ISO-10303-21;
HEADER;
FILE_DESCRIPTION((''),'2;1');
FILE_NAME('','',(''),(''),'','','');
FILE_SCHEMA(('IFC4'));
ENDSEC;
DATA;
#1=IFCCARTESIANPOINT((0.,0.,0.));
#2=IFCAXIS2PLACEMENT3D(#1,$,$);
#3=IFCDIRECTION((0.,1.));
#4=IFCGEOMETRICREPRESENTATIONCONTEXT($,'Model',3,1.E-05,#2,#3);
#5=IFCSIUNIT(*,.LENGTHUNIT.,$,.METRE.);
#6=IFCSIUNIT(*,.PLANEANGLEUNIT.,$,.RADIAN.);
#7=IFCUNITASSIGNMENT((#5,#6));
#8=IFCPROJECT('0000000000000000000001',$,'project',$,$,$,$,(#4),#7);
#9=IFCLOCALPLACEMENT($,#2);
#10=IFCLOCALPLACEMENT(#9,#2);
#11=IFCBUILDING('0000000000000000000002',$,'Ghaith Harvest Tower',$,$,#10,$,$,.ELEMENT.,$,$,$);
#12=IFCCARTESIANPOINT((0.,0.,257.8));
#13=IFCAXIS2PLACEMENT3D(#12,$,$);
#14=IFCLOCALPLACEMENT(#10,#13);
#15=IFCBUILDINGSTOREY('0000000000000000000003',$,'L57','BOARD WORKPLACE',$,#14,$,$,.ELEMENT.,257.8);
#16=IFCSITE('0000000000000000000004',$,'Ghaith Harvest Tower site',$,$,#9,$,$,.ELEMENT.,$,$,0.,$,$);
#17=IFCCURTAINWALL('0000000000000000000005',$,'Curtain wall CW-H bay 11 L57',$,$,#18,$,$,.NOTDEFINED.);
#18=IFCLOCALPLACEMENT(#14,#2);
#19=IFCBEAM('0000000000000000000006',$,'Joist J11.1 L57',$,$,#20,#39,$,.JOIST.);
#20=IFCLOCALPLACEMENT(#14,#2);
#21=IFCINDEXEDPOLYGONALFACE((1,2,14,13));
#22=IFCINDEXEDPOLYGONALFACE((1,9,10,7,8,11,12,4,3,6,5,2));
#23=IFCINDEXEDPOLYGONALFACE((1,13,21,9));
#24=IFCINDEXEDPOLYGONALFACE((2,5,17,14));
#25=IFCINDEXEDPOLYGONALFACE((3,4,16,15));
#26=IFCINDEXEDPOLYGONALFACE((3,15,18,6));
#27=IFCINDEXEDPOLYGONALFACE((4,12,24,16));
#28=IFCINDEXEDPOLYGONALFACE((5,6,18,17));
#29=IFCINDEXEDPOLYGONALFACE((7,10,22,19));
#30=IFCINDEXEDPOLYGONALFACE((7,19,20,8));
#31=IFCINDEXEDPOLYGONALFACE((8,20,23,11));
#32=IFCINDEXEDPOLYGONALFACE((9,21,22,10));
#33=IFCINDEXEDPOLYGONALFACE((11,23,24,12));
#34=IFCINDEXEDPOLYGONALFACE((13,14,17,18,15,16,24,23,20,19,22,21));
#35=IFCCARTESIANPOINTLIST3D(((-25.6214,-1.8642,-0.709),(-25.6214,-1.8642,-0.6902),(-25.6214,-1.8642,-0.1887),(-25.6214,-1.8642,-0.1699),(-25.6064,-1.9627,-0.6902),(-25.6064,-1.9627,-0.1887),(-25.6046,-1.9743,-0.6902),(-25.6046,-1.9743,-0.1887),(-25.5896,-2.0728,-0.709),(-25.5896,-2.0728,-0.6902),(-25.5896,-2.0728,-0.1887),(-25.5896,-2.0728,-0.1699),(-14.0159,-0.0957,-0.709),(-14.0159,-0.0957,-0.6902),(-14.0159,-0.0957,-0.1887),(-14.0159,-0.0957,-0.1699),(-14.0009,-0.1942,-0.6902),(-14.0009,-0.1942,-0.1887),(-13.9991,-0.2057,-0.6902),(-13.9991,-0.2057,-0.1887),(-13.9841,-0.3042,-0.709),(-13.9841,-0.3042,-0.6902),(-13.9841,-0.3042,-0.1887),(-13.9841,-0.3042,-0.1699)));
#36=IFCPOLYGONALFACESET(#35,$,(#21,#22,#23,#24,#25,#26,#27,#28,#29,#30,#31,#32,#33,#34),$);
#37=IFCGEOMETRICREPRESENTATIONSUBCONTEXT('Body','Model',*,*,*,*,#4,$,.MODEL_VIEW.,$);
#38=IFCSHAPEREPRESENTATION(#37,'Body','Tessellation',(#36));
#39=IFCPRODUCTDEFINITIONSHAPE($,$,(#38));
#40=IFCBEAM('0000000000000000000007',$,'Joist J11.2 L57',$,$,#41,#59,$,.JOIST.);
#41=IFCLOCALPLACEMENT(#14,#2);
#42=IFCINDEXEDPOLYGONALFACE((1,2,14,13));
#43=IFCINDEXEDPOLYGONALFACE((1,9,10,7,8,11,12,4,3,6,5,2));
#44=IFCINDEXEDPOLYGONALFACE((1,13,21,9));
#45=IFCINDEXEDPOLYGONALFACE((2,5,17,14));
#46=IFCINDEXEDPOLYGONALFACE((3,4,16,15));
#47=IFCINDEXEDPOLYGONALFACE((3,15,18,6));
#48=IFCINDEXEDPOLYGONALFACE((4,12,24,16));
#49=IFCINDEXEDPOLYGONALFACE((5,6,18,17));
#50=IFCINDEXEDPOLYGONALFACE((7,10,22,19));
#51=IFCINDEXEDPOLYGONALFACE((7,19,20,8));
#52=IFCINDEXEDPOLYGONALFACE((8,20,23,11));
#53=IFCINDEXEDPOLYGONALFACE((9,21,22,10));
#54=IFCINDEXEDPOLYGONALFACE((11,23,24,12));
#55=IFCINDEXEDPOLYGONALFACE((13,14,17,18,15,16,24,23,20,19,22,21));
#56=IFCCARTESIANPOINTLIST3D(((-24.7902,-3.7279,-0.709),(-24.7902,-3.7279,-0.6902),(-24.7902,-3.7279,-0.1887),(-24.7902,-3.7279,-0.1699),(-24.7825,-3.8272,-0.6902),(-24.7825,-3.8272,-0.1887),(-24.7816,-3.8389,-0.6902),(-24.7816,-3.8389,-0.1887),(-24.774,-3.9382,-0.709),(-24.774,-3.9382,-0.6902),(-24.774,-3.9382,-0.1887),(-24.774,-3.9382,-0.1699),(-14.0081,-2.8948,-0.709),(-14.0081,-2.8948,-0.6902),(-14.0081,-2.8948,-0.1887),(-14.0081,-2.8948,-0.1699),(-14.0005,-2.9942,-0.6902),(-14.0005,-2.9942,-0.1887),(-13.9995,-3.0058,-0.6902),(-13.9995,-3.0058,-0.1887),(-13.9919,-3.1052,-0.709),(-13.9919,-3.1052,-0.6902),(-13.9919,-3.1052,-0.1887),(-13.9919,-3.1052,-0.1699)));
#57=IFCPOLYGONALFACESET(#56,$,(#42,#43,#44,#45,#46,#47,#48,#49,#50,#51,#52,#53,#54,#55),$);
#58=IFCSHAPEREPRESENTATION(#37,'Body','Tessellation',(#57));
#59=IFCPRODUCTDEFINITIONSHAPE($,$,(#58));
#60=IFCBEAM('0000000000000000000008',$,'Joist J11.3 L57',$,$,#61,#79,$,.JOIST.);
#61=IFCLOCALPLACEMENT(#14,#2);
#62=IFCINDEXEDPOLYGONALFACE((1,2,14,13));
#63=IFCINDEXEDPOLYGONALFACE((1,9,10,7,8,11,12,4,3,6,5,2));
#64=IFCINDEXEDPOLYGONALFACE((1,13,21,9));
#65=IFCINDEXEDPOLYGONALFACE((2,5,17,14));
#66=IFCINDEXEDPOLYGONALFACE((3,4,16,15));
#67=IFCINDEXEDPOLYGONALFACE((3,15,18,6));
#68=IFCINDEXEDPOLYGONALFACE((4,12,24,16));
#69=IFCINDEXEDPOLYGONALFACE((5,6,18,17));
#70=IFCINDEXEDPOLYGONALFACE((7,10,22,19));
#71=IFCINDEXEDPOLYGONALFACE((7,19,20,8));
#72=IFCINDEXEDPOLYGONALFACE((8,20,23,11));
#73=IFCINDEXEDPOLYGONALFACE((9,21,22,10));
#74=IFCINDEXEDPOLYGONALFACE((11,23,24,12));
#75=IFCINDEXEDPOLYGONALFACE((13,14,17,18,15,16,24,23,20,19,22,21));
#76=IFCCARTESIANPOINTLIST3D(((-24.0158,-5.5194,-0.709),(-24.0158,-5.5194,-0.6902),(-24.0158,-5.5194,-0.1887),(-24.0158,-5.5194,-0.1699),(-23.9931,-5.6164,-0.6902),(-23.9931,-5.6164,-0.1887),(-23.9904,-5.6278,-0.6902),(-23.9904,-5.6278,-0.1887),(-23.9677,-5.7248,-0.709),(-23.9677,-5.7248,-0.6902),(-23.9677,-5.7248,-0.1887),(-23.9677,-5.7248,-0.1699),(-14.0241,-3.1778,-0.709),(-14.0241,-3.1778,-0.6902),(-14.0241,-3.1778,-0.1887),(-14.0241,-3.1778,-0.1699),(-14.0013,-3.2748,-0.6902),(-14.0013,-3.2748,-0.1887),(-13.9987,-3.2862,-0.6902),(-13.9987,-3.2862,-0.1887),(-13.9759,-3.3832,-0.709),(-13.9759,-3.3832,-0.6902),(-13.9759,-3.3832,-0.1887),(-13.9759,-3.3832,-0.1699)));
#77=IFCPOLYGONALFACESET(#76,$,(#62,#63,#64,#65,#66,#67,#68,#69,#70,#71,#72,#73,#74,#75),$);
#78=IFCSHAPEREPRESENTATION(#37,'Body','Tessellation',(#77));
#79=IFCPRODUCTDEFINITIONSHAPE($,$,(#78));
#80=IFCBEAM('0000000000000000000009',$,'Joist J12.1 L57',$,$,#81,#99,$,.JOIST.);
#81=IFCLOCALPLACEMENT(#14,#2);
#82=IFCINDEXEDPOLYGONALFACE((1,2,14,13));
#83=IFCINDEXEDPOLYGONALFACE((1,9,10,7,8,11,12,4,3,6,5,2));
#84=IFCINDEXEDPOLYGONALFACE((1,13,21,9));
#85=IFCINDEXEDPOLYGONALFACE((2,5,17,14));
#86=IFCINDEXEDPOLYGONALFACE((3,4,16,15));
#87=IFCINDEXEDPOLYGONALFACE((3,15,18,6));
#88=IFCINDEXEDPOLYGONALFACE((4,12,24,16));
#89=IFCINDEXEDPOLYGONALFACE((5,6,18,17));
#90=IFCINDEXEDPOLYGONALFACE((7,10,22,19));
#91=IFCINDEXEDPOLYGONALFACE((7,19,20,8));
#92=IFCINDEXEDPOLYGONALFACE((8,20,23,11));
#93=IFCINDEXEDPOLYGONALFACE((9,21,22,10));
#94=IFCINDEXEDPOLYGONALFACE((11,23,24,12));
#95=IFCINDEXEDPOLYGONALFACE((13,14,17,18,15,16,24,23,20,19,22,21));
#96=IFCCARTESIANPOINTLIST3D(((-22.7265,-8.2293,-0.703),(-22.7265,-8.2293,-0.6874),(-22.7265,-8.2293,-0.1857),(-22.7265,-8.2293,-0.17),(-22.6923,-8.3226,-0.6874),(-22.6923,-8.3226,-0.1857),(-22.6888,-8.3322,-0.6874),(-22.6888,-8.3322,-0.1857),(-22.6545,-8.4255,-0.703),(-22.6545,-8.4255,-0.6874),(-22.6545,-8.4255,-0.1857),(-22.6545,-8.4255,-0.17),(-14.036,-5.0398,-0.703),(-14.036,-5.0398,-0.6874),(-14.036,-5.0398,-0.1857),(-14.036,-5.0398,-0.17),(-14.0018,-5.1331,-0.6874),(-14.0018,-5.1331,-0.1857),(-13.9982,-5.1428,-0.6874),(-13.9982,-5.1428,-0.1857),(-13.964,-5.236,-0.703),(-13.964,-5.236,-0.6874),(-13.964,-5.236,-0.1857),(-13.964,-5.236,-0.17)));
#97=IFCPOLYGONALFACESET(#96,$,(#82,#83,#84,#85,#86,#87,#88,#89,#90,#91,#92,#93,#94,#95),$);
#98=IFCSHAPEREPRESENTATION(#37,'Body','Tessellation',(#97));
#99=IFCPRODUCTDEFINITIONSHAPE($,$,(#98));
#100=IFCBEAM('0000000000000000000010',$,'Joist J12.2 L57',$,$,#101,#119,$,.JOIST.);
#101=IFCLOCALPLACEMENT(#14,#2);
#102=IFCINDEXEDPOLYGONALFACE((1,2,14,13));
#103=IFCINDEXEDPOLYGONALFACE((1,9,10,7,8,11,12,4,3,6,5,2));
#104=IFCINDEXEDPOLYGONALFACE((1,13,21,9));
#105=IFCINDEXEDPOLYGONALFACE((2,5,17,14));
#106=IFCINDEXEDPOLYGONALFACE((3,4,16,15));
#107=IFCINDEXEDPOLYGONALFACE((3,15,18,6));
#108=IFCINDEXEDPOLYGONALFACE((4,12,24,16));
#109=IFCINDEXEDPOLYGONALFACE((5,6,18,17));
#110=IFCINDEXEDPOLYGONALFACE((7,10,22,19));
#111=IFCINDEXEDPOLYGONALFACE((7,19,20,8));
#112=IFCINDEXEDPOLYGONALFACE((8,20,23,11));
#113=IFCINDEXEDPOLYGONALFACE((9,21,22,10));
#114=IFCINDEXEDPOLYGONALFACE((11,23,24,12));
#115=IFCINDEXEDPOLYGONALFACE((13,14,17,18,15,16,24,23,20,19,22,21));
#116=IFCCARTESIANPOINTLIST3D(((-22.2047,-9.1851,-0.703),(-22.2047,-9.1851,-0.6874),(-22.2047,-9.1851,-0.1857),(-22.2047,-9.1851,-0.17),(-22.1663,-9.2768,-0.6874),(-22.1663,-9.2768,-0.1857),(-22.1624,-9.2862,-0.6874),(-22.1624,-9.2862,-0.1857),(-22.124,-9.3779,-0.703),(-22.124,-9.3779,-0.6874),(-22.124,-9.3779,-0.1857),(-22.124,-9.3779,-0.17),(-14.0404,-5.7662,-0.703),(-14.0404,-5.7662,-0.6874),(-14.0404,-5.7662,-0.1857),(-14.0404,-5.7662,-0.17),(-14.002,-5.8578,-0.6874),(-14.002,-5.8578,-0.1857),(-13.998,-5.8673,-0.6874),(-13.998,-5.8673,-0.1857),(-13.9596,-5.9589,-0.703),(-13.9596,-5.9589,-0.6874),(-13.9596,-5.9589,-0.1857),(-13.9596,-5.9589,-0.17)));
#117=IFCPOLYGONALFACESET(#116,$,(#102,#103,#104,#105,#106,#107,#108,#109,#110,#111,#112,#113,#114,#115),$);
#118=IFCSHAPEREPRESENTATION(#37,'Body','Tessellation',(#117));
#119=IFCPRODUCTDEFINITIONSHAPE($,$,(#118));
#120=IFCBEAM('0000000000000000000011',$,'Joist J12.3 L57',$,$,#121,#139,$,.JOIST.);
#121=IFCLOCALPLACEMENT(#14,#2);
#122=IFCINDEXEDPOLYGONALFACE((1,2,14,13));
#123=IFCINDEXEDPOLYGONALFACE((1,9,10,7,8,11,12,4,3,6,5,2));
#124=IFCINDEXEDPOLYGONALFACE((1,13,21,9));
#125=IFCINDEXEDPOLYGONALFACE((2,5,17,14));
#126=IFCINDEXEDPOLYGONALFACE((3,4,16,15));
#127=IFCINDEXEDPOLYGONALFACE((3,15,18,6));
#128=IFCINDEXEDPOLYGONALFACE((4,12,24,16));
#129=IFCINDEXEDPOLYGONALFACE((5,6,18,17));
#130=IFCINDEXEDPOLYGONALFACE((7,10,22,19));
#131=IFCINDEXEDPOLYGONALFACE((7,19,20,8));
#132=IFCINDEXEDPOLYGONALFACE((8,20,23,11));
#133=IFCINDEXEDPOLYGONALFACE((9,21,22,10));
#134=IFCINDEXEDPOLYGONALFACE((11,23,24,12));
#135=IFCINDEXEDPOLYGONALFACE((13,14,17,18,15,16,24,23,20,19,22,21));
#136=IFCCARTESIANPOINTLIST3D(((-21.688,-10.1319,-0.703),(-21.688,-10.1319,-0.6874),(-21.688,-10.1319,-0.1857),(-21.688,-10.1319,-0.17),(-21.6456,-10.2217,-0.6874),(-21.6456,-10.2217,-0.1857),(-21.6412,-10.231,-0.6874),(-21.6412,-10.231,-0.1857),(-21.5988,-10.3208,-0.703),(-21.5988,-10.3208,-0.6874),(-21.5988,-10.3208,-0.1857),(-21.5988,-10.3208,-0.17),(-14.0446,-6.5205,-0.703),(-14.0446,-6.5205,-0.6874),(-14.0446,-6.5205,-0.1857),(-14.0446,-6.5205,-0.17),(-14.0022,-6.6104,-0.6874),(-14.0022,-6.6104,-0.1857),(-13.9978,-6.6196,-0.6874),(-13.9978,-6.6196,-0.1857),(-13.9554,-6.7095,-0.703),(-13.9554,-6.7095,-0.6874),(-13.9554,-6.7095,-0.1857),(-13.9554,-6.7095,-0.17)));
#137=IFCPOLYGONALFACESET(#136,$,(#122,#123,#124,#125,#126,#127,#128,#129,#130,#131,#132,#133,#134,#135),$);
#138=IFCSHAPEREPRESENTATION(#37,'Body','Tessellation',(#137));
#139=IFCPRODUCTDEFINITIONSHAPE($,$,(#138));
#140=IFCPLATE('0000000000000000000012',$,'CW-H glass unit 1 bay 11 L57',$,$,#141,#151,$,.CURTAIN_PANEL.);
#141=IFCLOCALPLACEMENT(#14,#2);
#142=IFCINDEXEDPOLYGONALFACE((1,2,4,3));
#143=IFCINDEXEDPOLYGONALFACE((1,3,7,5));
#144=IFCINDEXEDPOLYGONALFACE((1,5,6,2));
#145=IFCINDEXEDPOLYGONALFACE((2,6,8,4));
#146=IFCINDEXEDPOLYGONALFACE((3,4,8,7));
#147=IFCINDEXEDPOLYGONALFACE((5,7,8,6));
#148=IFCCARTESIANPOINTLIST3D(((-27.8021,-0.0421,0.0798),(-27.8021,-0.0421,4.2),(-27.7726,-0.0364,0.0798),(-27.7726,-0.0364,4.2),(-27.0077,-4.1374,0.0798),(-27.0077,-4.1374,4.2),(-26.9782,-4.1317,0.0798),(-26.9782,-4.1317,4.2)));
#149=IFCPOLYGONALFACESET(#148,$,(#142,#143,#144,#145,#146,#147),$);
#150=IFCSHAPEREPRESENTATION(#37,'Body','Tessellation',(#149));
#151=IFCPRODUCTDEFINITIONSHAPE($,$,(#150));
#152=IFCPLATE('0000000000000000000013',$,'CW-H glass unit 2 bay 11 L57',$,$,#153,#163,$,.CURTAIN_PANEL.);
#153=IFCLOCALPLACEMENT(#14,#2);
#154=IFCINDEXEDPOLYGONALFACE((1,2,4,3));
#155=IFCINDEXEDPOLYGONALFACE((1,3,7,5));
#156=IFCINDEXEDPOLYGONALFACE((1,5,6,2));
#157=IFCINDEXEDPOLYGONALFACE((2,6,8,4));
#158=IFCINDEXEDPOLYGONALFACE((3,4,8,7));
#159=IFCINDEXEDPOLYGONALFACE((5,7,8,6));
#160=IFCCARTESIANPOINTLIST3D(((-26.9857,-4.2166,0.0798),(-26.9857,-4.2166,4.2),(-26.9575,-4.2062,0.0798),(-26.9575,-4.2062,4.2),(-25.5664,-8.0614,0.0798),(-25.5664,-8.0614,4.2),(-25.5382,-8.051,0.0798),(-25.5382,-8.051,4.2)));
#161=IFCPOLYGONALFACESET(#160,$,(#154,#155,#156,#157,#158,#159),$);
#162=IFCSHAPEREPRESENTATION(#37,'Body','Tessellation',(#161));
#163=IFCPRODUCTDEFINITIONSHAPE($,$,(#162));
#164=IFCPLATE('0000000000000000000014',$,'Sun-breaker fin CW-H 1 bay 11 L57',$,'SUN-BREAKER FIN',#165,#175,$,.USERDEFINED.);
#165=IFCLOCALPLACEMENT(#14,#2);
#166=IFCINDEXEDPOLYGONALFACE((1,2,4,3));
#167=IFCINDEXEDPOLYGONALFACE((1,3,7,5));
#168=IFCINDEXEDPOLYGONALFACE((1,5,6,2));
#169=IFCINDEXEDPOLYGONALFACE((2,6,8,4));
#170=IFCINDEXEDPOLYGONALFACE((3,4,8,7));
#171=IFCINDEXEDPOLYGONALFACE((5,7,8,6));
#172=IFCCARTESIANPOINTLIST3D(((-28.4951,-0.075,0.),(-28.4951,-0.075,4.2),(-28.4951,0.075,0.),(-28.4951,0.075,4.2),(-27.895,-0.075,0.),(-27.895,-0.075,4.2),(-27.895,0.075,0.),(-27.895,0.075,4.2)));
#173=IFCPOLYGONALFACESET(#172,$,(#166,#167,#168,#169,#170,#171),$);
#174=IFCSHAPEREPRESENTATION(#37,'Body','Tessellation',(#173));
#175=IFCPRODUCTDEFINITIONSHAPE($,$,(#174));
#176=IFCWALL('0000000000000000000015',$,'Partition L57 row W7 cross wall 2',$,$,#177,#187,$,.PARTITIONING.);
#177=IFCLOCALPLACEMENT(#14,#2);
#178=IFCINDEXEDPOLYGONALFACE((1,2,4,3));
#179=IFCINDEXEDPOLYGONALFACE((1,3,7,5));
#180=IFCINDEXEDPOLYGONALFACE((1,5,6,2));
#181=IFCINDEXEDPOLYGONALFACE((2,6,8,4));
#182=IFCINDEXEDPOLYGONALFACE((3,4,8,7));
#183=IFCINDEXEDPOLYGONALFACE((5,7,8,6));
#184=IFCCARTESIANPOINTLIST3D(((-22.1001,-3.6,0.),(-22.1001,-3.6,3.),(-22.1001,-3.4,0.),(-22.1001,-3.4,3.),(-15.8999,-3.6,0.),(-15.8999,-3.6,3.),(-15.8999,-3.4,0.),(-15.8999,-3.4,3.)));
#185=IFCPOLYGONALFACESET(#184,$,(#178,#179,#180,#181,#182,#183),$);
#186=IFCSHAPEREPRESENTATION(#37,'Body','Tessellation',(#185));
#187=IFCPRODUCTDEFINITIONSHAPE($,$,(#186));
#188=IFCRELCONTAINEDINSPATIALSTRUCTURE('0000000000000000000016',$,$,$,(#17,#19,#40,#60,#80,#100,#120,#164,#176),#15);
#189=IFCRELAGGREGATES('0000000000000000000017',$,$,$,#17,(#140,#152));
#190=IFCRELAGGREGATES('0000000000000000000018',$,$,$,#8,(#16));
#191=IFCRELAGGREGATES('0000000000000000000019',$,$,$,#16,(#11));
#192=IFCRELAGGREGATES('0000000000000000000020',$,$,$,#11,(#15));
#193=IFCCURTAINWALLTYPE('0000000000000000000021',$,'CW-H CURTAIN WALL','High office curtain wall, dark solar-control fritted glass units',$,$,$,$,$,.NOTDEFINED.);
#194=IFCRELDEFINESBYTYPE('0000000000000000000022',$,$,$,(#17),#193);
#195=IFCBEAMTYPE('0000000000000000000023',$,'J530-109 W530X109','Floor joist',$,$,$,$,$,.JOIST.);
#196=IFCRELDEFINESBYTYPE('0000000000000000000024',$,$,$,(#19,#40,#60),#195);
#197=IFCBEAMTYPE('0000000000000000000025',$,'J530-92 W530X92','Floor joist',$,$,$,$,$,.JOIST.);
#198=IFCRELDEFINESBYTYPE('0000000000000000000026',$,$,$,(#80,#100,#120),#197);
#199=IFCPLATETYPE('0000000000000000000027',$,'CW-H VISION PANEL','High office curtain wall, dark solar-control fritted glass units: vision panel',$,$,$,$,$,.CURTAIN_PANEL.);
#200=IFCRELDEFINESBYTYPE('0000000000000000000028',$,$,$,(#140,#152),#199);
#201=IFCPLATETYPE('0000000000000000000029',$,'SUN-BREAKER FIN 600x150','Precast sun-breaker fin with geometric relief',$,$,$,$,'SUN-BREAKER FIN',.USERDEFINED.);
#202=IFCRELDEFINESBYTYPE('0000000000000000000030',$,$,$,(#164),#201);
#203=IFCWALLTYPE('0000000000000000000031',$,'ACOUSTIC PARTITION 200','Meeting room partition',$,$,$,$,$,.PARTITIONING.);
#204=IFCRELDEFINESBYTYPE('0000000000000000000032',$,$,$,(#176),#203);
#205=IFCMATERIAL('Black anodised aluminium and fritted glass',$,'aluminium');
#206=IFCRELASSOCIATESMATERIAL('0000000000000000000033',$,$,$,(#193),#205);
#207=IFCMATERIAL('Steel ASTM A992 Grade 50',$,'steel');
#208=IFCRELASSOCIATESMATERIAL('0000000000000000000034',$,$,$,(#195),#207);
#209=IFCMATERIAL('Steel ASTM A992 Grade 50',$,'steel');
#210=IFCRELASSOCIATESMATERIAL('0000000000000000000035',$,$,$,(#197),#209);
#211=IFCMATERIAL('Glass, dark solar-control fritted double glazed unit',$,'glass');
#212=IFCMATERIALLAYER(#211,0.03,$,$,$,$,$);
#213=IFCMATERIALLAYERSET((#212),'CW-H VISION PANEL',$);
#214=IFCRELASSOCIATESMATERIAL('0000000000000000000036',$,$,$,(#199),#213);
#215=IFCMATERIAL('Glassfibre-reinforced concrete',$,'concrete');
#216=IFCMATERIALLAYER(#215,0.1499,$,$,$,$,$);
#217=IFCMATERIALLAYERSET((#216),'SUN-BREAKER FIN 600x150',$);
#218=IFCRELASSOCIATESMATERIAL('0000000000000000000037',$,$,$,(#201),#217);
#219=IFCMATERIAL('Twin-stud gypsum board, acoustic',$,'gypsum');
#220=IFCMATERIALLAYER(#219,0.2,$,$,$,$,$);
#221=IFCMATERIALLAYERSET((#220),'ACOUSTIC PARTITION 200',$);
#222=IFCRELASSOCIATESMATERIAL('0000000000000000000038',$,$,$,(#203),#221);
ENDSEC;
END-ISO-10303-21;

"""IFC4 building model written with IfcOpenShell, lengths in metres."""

from ifc_helpers import new_model, si_unit, direction, frame, frame_2d, origin, origin_2d, place, context, subcontext, project, spatial, rectangle, i_section, extrude, material, layer, layer_set, material_profile, profile_set, type_object, element, aggregate, save


model = new_model("IFC4")

# Units and contexts
model_context = context("Model", 3, precision=1e-05, world=origin(), true_north=direction((0.0, 1.0)))
body_context = subcontext(model_context, "Body", "Model", "MODEL_VIEW")
ifc_project = project(units=[si_unit("LENGTHUNIT", "METRE"), si_unit("PLANEANGLEUNIT", "RADIAN")], contexts=[model_context])

# Site, building, storey
site_placement = place(None, origin())
site = spatial("IfcSite", under=ifc_project, at=site_placement, Name="Ghaith Harvest Tower site", CompositionType="ELEMENT", RefElevation=0.0)
building_placement = place(site_placement, origin())
building = spatial("IfcBuilding", under=site, at=building_placement, Name="Ghaith Harvest Tower", CompositionType="ELEMENT")
storey_placement = place(building_placement, frame((0.0, 0.0, 257.8)))
storey = spatial("IfcBuildingStorey", under=building, at=storey_placement, Name="L57", Description="BOARD WORKPLACE", CompositionType="ELEMENT", Elevation=257.8)

# Curtain wall
ifc_material_1 = material(Name="Black anodised aluminium and fritted glass", Category="aluminium")
curtain_wall_type = type_object("IfcCurtainWallType", Name="CW-H CURTAIN WALL", Description="High office curtain wall, dark solar-control fritted glass units", PredefinedType="NOTDEFINED", material=ifc_material_1)
curtain_wall_1_placement = place(storey_placement, origin())
curtain_wall_1 = element("IfcCurtainWall", 1, at=curtain_wall_1_placement, inside=storey, type_object=curtain_wall_type, Name="Curtain wall CW-H bay 11 L57", PredefinedType="NOTDEFINED")

# Beams
ifc_material_2 = material(Name="Steel ASTM A992 Grade 50", Category="steel")
ifc_material_profile_1 = material_profile(ifc_material_2, i_section(OverallWidth=0.2109, OverallDepth=0.5391, WebThickness=0.0117, FlangeThickness=0.0188, at=origin_2d()), Name="W530X109")
ifc_profile_set_1 = profile_set([ifc_material_profile_1], Name="Steel ASTM A992 Grade 50")
beam_type_1 = type_object("IfcBeamType", Name="J530-109 W530X109", Description="Floor joist", PredefinedType="JOIST", material=ifc_profile_set_1)
beam_1_placement = place(storey_placement, frame((-14.0, -0.2, -0.4395), z_axis=(-0.988587, -0.150651, 0.0), x_axis=(0.150651, -0.988587, 0.0)))
element("IfcBeam", 2, at=beam_1_placement, inside=storey, type_object=beam_type_1, Name="Joist J11.1 L57", PredefinedType="JOIST", context=body_context, shape_type="SweptSolid", body=[
    extrude(i_section(OverallWidth=0.2109, OverallDepth=0.5391, WebThickness=0.0117, FlangeThickness=0.0188, at=origin_2d()), origin(), (0.0, 0.0, 1.0), 11.7395),
])
beam_2_placement = place(storey_placement, frame((-14.0, -3.0, -0.4395), z_axis=(-0.997029, -0.07703, 0.0), x_axis=(0.07703, -0.997029, 0.0)))
element("IfcBeam", 3, at=beam_2_placement, inside=storey, type_object=beam_type_1, Name="Joist J11.2 L57", PredefinedType="JOIST", context=body_context, shape_type="SweptSolid", body=[
    extrude(i_section(OverallWidth=0.2109, OverallDepth=0.5391, WebThickness=0.0117, FlangeThickness=0.0188, at=origin_2d()), origin(), (0.0, 0.0, 1.0), 10.8142),
])
beam_3_placement = place(storey_placement, frame((-14.0, -3.2805, -0.4395), z_axis=(-0.973622, -0.228168, 0.0), x_axis=(0.228168, -0.973622, 0.0)))
element("IfcBeam", 4, at=beam_3_placement, inside=storey, type_object=beam_type_1, Name="Joist J11.3 L57", PredefinedType="JOIST", context=body_context, shape_type="SweptSolid", body=[
    extrude(i_section(OverallWidth=0.2109, OverallDepth=0.5391, WebThickness=0.0117, FlangeThickness=0.0188, at=origin_2d()), origin(), (0.0, 0.0, 1.0), 10.2625),
])
ifc_material_3 = material(Name="Steel ASTM A992 Grade 50", Category="steel")
ifc_material_profile_2 = material_profile(ifc_material_3, i_section(OverallWidth=0.209, OverallDepth=0.533, WebThickness=0.0103, FlangeThickness=0.0156, at=origin_2d()), Name="W530X92")
ifc_profile_set_2 = profile_set([ifc_material_profile_2], Name="Steel ASTM A992 Grade 50")
beam_type_2 = type_object("IfcBeamType", Name="J530-92 W530X92", Description="Floor joist", PredefinedType="JOIST", material=ifc_profile_set_2)
beam_4_placement = place(storey_placement, frame((-14.0, -5.1379, -0.4365), z_axis=(-0.938773, -0.344537, 0.0), x_axis=(0.344537, -0.938773, 0.0)))
element("IfcBeam", 5, at=beam_4_placement, inside=storey, type_object=beam_type_2, Name="Joist J12.1 L57", PredefinedType="JOIST", context=body_context, shape_type="SweptSolid", body=[
    extrude(i_section(OverallWidth=0.209, OverallDepth=0.533, WebThickness=0.0103, FlangeThickness=0.0156, at=origin_2d()), origin(), (0.0, 0.0, 1.0), 9.2573),
])
beam_5_placement = place(storey_placement, frame((-14.0, -5.8625, -0.4365), z_axis=(-0.922388, -0.386266, 0.0), x_axis=(0.386266, -0.922388, 0.0)))
element("IfcBeam", 6, at=beam_5_placement, inside=storey, type_object=beam_type_2, Name="Joist J12.2 L57", PredefinedType="JOIST", context=body_context, shape_type="SweptSolid", body=[
    extrude(i_section(OverallWidth=0.209, OverallDepth=0.533, WebThickness=0.0103, FlangeThickness=0.0156, at=origin_2d()), origin(), (0.0, 0.0, 1.0), 8.8513),
])
beam_6_placement = place(storey_placement, frame((-14.0, -6.615, -0.4365), z_axis=(-0.904158, -0.427198, 0.0), x_axis=(0.427198, -0.904158, 0.0)))
element("IfcBeam", 7, at=beam_6_placement, inside=storey, type_object=beam_type_2, Name="Joist J12.3 L57", PredefinedType="JOIST", context=body_context, shape_type="SweptSolid", body=[
    extrude(i_section(OverallWidth=0.209, OverallDepth=0.533, WebThickness=0.0103, FlangeThickness=0.0156, at=origin_2d()), origin(), (0.0, 0.0, 1.0), 8.4536),
])

# Plates
ifc_material_4 = material(Name="Glass, dark solar-control fritted double glazed unit", Category="glass")
ifc_layer_1 = layer(ifc_material_4, 0.03)
ifc_layer_set_1 = layer_set([ifc_layer_1], Name="CW-H VISION PANEL")
plate_type_1 = type_object("IfcPlateType", Name="CW-H VISION PANEL", Description="High office curtain wall, dark solar-control fritted glass units: vision panel", PredefinedType="CURTAIN_PANEL", material=ifc_layer_set_1)
plate_1_placement = place(storey_placement, frame((-27.3901, -2.0869, 0.0798), z_axis=(0.0, 0.0, 1.0), x_axis=(0.190427, -0.981701, 0.0)))
plate_1 = element("IfcPlate", 8, at=plate_1_placement, type_object=plate_type_1, Name="CW-H glass unit 1 bay 11 L57", PredefinedType="CURTAIN_PANEL", context=body_context, shape_type="SweptSolid", body=[
    extrude(rectangle(XDim=4.1716, YDim=0.03, at=origin_2d()), origin(), (0.0, 0.0, 1.0), 4.1201),
])
plate_2_placement = place(storey_placement, frame((-26.262, -6.1338, 0.0798), z_axis=(0.0, 0.0, 1.0), x_axis=(0.346303, -0.938123, 0.0)))
plate_2 = element("IfcPlate", 9, at=plate_2_placement, type_object=plate_type_1, Name="CW-H glass unit 2 bay 11 L57", PredefinedType="CURTAIN_PANEL", context=body_context, shape_type="SweptSolid", body=[
    extrude(rectangle(XDim=4.0984, YDim=0.03, at=origin_2d()), origin(), (0.0, 0.0, 1.0), 4.1201),
])
aggregate(curtain_wall_1, [plate_1, plate_2])
ifc_material_5 = material(Name="Glassfibre-reinforced concrete", Category="concrete")
ifc_layer_2 = layer(ifc_material_5, 0.1499)
ifc_layer_set_2 = layer_set([ifc_layer_2], Name="SUN-BREAKER FIN 600x150")
plate_type_2 = type_object("IfcPlateType", Name="SUN-BREAKER FIN 600x150", Description="Precast sun-breaker fin with geometric relief", ElementType="SUN-BREAKER FIN", PredefinedType="USERDEFINED", material=ifc_layer_set_2)
plate_3_placement = place(storey_placement, frame((-28.1951, 0.0, 0.0), z_axis=(0.0, 0.0, 1.0), x_axis=(-1.0, 0.0, 0.0)))
element("IfcPlate", 10, at=plate_3_placement, inside=storey, type_object=plate_type_2, Name="Sun-breaker fin CW-H 1 bay 11 L57", ObjectType="SUN-BREAKER FIN", PredefinedType="USERDEFINED", context=body_context, shape_type="SweptSolid", body=[
    extrude(rectangle(XDim=0.6001, YDim=0.1499, at=origin_2d()), origin(), (0.0, 0.0, 1.0), 4.2),
])

# Wall
ifc_material_6 = material(Name="Twin-stud gypsum board, acoustic", Category="gypsum")
ifc_layer_3 = layer(ifc_material_6, 0.2)
ifc_layer_set_3 = layer_set([ifc_layer_3], Name="ACOUSTIC PARTITION 200")
wall_type_1 = type_object("IfcWallType", Name="ACOUSTIC PARTITION 200", Description="Meeting room partition", PredefinedType="PARTITIONING", material=ifc_layer_set_3)
wall_1_placement = place(storey_placement, frame((-15.8999, -3.5, 0.0), z_axis=(0.0, 0.0, 1.0), x_axis=(-1.0, 0.0, 0.0)))
element("IfcWall", 11, at=wall_1_placement, inside=storey, type_object=wall_type_1, Name="Partition L57 row W7 cross wall 2", PredefinedType="PARTITIONING", context=body_context, shape_type="SweptSolid", body=[
    extrude(rectangle(XDim=6.2002, YDim=0.2, at=frame_2d((3.1001, 0.0))), origin(), (0.0, 0.0, 1.0), 3.0),
])

save(model, "model.ifc")
